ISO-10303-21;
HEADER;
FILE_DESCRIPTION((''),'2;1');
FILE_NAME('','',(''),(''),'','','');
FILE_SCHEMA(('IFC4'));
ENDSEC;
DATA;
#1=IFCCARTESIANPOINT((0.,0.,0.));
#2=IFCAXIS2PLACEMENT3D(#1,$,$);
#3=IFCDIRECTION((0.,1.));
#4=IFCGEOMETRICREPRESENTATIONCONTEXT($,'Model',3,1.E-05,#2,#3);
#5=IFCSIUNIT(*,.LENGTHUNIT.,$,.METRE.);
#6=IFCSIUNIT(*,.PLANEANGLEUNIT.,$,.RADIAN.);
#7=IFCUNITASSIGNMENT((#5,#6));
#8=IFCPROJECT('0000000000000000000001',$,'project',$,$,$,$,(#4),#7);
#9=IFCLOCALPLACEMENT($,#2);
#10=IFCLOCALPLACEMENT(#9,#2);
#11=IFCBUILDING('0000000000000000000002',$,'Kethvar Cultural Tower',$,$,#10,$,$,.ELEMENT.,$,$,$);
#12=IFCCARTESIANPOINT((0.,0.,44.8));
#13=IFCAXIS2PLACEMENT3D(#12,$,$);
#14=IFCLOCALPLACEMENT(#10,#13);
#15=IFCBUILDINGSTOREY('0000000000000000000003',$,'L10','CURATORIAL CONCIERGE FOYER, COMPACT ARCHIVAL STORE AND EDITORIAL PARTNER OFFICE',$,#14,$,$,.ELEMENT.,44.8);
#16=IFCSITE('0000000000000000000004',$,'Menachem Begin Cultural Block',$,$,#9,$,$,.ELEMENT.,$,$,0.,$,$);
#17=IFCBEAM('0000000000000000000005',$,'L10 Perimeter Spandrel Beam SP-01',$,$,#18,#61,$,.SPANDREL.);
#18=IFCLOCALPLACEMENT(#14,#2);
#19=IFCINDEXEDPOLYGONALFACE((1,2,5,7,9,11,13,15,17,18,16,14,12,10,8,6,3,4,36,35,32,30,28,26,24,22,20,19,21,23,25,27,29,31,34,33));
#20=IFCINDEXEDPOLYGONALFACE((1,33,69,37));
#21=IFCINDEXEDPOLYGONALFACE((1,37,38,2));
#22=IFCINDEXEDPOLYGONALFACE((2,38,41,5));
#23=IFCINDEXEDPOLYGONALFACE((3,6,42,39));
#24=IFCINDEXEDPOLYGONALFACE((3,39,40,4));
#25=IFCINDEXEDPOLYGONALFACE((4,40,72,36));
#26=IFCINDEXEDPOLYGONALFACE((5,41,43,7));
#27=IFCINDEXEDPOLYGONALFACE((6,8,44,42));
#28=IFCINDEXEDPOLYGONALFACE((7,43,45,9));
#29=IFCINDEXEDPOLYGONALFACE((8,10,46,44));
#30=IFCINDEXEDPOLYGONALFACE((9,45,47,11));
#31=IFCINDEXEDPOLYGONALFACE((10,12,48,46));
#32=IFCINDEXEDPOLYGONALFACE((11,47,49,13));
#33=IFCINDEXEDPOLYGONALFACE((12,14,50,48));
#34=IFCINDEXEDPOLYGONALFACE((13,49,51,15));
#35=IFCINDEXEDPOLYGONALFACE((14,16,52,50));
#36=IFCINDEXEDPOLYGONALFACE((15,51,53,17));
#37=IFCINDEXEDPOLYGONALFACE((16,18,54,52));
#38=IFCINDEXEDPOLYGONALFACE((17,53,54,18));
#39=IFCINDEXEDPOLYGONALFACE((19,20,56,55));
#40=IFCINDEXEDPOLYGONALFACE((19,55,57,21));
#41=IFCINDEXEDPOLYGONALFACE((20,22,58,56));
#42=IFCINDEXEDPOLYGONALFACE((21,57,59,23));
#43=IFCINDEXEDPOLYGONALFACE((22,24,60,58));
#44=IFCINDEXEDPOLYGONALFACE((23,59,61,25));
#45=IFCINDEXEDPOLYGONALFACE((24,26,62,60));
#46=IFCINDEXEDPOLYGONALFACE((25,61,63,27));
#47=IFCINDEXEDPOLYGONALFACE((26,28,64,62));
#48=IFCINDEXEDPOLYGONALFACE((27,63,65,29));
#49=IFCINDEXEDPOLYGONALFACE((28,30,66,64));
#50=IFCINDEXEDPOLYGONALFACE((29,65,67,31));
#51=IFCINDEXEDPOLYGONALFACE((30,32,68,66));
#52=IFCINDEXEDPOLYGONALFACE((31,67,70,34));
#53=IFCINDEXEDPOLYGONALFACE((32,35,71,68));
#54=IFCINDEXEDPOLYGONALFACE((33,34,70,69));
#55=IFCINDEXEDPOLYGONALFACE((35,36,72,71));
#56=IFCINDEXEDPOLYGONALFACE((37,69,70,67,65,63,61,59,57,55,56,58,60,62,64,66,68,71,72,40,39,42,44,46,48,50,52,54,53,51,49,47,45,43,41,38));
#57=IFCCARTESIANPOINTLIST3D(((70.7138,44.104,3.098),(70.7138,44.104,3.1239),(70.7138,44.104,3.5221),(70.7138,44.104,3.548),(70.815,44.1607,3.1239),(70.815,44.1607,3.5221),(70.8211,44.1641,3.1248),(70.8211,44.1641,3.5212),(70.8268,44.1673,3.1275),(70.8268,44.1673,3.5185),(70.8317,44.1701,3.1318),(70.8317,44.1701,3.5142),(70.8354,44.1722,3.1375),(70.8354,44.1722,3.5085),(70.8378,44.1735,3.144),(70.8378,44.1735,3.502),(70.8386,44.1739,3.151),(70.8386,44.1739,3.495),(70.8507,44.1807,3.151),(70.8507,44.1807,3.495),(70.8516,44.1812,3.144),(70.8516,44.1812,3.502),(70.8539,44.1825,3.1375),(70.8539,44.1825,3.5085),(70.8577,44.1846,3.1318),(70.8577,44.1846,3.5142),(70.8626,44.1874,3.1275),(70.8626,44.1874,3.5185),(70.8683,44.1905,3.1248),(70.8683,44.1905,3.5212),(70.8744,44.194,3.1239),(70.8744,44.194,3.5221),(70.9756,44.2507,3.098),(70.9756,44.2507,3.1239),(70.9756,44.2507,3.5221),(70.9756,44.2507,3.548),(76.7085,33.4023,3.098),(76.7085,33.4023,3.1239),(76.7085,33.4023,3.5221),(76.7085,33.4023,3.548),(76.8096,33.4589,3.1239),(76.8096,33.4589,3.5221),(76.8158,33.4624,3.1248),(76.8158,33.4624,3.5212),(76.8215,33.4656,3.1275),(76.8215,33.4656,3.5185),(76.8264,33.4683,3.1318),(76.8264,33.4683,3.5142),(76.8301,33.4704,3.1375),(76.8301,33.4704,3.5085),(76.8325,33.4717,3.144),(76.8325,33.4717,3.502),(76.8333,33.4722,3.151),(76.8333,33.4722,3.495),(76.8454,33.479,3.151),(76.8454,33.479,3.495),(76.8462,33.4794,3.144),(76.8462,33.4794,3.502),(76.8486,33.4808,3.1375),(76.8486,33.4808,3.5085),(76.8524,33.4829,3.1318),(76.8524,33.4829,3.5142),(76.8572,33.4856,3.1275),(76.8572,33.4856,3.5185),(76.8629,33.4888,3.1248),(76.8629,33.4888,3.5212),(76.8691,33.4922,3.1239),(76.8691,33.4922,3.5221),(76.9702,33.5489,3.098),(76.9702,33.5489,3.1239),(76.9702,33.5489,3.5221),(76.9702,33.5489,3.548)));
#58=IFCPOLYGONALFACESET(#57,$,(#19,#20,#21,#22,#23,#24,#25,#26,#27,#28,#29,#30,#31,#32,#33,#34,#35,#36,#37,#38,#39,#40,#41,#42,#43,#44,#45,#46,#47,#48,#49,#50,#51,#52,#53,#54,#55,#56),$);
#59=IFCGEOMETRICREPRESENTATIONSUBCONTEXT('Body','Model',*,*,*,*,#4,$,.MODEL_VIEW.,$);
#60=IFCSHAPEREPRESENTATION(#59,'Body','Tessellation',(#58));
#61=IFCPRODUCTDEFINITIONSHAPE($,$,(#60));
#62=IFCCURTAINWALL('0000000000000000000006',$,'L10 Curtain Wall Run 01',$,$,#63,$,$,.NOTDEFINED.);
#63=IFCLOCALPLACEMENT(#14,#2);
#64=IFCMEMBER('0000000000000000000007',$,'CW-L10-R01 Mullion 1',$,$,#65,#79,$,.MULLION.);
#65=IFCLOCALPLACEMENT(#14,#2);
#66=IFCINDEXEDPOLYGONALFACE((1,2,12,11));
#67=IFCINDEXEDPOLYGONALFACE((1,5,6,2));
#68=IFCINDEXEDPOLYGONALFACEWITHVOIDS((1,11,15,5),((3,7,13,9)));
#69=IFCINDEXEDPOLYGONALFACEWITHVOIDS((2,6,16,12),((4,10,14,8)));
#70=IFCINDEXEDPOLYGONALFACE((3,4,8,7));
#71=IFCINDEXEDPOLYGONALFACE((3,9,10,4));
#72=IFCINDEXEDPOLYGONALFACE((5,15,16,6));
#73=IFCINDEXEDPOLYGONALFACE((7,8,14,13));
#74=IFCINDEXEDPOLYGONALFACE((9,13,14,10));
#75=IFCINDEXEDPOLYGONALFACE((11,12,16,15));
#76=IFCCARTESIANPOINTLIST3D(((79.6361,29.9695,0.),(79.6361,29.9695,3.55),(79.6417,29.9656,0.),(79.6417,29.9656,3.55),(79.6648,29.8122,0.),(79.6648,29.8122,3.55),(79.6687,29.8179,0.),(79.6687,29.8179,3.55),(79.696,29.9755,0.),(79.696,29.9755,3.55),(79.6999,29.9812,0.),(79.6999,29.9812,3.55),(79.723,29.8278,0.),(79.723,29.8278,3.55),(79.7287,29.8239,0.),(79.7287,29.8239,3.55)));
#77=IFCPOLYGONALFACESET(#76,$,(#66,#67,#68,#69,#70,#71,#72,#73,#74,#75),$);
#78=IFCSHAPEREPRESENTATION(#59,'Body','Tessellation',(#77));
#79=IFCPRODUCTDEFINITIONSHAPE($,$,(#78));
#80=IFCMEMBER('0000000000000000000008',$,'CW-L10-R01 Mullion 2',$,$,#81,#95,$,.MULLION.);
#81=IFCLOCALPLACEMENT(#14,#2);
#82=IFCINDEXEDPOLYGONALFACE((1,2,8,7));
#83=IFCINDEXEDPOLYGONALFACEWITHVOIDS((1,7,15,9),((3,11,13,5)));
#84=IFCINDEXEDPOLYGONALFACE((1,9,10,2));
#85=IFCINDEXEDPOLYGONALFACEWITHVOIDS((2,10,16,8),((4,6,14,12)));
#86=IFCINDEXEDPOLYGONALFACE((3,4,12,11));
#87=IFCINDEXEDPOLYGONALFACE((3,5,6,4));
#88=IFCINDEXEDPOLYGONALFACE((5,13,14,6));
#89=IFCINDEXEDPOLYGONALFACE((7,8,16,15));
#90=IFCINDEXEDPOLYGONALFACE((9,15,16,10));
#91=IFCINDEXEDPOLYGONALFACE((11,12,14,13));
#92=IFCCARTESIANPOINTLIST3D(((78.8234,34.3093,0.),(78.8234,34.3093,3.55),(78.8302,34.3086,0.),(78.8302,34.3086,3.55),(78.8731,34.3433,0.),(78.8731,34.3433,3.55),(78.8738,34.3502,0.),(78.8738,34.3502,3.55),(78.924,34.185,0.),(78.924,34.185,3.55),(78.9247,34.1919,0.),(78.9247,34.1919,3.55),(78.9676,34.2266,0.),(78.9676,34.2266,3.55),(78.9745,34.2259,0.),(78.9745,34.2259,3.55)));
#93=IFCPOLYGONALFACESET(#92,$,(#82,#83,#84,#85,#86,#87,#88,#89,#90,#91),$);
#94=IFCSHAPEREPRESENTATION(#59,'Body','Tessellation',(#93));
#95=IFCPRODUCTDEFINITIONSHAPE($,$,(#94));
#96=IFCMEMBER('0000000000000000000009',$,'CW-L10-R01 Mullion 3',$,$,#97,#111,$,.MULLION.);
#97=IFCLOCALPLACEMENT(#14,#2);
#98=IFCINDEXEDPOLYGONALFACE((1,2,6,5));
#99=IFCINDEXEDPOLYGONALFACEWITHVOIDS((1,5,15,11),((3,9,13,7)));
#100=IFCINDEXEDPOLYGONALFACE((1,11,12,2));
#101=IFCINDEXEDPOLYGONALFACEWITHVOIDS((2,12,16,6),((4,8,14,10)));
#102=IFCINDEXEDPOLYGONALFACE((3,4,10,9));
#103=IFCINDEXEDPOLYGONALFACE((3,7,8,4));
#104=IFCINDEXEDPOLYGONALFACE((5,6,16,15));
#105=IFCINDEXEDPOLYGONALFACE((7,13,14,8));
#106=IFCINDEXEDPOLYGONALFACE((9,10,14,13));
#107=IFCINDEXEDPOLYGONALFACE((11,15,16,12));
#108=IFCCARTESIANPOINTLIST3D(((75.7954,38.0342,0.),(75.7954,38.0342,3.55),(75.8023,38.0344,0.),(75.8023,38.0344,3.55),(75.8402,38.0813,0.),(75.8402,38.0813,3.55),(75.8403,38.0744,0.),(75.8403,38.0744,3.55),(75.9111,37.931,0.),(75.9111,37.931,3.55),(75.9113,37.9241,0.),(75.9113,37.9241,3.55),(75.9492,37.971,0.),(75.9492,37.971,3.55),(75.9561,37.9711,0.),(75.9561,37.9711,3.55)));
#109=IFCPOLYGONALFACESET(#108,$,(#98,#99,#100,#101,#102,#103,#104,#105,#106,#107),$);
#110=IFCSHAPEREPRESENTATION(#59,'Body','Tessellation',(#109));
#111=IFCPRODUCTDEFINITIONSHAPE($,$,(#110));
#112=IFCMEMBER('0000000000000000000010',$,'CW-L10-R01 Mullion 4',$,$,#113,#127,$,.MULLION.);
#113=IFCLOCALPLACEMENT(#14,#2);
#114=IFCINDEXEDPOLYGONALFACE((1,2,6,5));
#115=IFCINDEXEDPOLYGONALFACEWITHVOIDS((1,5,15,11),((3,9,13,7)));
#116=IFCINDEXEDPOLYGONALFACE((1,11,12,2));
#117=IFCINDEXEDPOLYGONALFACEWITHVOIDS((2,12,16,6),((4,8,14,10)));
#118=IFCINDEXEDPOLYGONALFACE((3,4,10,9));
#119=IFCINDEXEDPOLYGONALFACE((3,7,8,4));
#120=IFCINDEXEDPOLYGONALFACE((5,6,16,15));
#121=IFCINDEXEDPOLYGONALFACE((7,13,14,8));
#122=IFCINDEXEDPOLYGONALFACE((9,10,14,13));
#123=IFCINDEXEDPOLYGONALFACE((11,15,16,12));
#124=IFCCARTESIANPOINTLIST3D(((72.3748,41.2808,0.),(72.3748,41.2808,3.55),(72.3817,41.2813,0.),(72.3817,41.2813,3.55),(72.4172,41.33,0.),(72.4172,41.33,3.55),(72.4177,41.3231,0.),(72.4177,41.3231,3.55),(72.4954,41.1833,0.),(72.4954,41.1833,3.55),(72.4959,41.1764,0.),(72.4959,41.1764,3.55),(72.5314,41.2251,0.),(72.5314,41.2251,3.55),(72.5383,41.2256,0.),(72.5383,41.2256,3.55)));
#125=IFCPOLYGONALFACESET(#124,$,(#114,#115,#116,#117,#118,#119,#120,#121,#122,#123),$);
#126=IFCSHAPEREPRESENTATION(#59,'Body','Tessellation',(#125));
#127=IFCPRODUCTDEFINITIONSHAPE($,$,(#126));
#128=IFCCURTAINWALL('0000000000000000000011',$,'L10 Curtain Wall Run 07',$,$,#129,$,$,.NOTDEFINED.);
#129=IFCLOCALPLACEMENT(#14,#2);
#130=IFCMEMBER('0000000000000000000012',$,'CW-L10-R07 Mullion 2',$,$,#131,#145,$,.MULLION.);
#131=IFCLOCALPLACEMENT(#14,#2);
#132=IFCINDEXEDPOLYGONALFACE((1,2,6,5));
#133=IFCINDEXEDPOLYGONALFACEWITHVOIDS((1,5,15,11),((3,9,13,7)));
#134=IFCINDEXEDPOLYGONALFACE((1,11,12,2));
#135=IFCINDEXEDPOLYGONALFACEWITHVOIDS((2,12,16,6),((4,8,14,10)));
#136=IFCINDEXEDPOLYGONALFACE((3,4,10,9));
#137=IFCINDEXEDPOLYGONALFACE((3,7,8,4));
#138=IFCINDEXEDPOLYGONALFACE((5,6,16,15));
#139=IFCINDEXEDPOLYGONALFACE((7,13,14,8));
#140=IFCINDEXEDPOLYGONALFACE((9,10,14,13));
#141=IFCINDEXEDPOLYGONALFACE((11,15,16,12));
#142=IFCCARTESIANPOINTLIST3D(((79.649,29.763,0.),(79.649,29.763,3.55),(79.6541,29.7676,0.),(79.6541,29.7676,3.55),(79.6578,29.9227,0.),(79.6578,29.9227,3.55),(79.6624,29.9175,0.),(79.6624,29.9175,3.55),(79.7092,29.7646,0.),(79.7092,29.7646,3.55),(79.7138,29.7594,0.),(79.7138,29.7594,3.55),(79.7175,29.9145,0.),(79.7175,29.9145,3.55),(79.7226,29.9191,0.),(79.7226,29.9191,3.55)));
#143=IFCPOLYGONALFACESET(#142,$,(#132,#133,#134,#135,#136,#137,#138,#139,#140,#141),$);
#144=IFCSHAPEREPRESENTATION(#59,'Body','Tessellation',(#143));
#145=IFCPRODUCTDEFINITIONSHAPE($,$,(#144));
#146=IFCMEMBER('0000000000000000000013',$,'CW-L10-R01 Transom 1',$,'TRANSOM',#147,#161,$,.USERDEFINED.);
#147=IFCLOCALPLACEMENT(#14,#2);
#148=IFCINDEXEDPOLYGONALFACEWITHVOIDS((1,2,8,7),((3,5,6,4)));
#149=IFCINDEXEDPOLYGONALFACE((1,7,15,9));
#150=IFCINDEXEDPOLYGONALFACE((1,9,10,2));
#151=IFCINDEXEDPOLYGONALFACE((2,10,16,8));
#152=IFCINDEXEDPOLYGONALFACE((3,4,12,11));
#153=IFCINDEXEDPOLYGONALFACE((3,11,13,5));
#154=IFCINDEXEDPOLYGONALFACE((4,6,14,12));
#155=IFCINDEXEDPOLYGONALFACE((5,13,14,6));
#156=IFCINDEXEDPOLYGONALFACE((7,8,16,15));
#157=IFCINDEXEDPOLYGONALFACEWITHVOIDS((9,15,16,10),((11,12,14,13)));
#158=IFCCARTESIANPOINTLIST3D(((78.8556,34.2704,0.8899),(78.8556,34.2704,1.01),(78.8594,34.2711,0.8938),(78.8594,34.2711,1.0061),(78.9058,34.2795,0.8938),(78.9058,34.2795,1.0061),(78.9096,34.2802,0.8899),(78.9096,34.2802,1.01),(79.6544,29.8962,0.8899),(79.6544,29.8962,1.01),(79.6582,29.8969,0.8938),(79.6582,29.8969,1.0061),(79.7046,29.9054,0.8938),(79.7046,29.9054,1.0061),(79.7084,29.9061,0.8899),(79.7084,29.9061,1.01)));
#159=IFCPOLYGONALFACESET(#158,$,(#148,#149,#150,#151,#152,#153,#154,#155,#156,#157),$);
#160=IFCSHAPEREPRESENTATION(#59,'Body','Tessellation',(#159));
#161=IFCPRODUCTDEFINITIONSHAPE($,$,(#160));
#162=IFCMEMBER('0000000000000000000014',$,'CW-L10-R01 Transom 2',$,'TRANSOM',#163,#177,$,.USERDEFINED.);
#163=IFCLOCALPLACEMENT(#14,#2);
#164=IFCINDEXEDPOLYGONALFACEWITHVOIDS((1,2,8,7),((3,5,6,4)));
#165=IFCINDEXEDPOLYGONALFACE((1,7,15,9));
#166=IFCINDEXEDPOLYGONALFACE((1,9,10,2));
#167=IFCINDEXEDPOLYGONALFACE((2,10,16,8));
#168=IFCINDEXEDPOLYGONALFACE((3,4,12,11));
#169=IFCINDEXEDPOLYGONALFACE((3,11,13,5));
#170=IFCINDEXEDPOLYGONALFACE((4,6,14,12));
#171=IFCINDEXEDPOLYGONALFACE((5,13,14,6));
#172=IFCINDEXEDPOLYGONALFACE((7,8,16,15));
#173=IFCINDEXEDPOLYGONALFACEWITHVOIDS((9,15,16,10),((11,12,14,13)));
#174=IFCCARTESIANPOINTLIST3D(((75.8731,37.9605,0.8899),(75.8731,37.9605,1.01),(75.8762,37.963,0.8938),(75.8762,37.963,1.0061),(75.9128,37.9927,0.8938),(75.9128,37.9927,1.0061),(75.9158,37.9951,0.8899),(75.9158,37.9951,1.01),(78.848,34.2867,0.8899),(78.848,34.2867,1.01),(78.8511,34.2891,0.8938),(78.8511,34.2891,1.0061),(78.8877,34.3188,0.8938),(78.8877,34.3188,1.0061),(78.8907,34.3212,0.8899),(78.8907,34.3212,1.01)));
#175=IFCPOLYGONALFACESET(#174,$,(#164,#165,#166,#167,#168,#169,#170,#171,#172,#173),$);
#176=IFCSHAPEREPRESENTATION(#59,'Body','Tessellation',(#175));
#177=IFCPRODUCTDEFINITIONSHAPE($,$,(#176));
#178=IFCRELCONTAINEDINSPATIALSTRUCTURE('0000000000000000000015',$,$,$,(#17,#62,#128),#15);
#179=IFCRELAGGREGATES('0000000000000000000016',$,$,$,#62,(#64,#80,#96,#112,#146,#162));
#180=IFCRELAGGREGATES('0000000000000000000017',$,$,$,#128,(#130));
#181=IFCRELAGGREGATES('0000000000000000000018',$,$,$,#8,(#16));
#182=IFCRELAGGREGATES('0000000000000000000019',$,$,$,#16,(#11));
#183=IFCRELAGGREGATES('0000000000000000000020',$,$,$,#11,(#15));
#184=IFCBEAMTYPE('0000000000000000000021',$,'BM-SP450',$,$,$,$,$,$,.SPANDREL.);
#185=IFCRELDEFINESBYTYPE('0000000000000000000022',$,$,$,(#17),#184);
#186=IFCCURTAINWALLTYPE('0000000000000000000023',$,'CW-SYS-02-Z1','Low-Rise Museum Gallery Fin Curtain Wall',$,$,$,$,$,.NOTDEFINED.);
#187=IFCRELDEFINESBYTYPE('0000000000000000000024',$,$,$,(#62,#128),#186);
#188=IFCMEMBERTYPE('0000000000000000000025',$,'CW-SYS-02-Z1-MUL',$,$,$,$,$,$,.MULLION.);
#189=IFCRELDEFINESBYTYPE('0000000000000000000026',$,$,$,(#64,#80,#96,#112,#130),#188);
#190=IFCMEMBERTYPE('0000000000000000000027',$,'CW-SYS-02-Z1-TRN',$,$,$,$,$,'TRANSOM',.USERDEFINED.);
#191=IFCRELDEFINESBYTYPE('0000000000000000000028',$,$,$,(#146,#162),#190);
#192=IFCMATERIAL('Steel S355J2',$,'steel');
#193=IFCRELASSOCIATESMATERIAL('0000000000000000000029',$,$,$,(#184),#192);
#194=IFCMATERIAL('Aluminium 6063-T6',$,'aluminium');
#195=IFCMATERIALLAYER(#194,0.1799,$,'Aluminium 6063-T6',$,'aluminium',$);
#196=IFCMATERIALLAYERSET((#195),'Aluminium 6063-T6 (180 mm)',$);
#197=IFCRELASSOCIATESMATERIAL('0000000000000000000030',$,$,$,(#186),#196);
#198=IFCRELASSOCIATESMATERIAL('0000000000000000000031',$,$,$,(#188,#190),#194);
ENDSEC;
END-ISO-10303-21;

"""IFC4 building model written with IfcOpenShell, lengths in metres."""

from ifc_helpers import new_model, si_unit, direction, frame, origin, origin_2d, place, context, subcontext, project, spatial, hollow_rectangle, i_section, extrude, source, transform, mapped, material, layer, layer_set, material_profile, profile_set, type_object, element, aggregate, save


model = new_model("IFC4")

# Units and contexts
model_context = context("Model", 3, precision=1e-05, world=origin(), true_north=direction((0.0, 1.0)))
body_context = subcontext(model_context, "Body", "Model", "MODEL_VIEW")
ifc_project = project(units=[si_unit("LENGTHUNIT", "METRE"), si_unit("PLANEANGLEUNIT", "RADIAN")], contexts=[model_context])

# Site, building, storey
site_placement = place(None, origin())
site = spatial("IfcSite", under=ifc_project, at=site_placement, Name="Menachem Begin Cultural Block", CompositionType="ELEMENT", RefElevation=0.0)
building_placement = place(site_placement, origin())
building = spatial("IfcBuilding", under=site, at=building_placement, Name="Kethvar Cultural Tower", CompositionType="ELEMENT")
storey_placement = place(building_placement, frame((0.0, 0.0, 44.8)))
storey = spatial("IfcBuildingStorey", under=building, at=storey_placement, Name="L10", Description="CURATORIAL CONCIERGE FOYER, COMPACT ARCHIVAL STORE AND EDITORIAL PARTNER OFFICE", CompositionType="ELEMENT", Elevation=44.8)

# Beam
ifc_material_1 = material(Name="Steel S355J2", Category="steel")
ifc_material_profile_1 = material_profile(ifc_material_1, i_section(OverallWidth=0.3, OverallDepth=0.45, WebThickness=0.0139, FlangeThickness=0.0259, FilletRadius=0.0271, at=origin_2d()), Name="Steel S355J2 — HEB450")
ifc_profile_set_1 = profile_set([ifc_material_profile_1], Name="Steel S355J2 — HEB450")
beam_type_1 = type_object("IfcBeamType", Name="BM-SP450", PredefinedType="SPANDREL", material=ifc_profile_set_1)
shared_shape_1 = source(origin(), body_context, "Body", "SweptSolid", [
    extrude(i_section(OverallWidth=0.3, OverallDepth=0.45, WebThickness=0.0139, FlangeThickness=0.0259, FilletRadius=0.0271, at=origin_2d()), origin(), (0.0, 0.0, 1.0), 12.2664),
])
beam_1_placement = place(storey_placement, frame((76.8394, 33.4756, 3.323), z_axis=(-0.488709, 0.872447, 0.0), x_axis=(-0.872447, -0.488709, 0.0)))
element("IfcBeam", 1, at=beam_1_placement, inside=storey, type_object=beam_type_1, Name="L10 Perimeter Spandrel Beam SP-01", PredefinedType="SPANDREL", context=body_context, shape_type="MappedRepresentation", body=[
    mapped(shared_shape_1, transform((0.0, 0.0, 0.0), scale=1.0)),
])

# Curtain wall, members
ifc_material_2 = material(Name="Aluminium 6063-T6", Category="aluminium")
ifc_layer_1 = layer(ifc_material_2, 0.1799, Name="Aluminium 6063-T6", Category="aluminium")
ifc_layer_set_1 = layer_set([ifc_layer_1], Name="Aluminium 6063-T6 (180 mm)")
curtain_wall_type = type_object("IfcCurtainWallType", Name="CW-SYS-02-Z1", Description="Low-Rise Museum Gallery Fin Curtain Wall", PredefinedType="NOTDEFINED", material=ifc_layer_set_1)
curtain_wall_1_placement = place(storey_placement, origin())
curtain_wall_1 = element("IfcCurtainWall", 2, at=curtain_wall_1_placement, inside=storey, type_object=curtain_wall_type, Name="L10 Curtain Wall Run 01", PredefinedType="NOTDEFINED")
ifc_material_profile_2 = material_profile(ifc_material_2, hollow_rectangle(XDim=0.0649, YDim=0.1599, WallThickness=0.0049, at=origin_2d()), Name="Aluminium 6063-T6 — RHS160x65x5")
ifc_profile_set_2 = profile_set([ifc_material_profile_2], Name="Aluminium 6063-T6 — RHS160x65x5")
member_type_1 = type_object("IfcMemberType", Name="CW-SYS-02-Z1-MUL", PredefinedType="MULLION", material=ifc_profile_set_2)
shared_shape_2 = source(origin(), body_context, "Body", "SweptSolid", [
    extrude(hollow_rectangle(XDim=0.0649, YDim=0.1599, WallThickness=0.0049, at=origin_2d()), origin(), (0.0, 0.0, 1.0), 3.55),
])
member_1_placement = place(storey_placement, frame((79.6824, 29.8967, 0.0), z_axis=(0.0, 0.0, 1.0), x_axis=(-0.983725, -0.179678, 0.0)))
member_1 = element("IfcMember", 3, at=member_1_placement, type_object=member_type_1, Name="CW-L10-R01 Mullion 1", PredefinedType="MULLION", context=body_context, shape_type="MappedRepresentation", body=[
    mapped(shared_shape_2, transform((0.0, 0.0, 0.0), scale=1.0)),
])
member_2_placement = place(storey_placement, frame((78.8989, 34.2676, 0.0), z_axis=(0.0, 0.0, 1.0), x_axis=(-0.777157, -0.629307, 0.0)))
member_2 = element("IfcMember", 4, at=member_2_placement, type_object=member_type_1, Name="CW-L10-R01 Mullion 2", PredefinedType="MULLION", context=body_context, shape_type="MappedRepresentation", body=[
    mapped(shared_shape_2, transform((0.0, 0.0, 0.0), scale=1.0)),
])
member_3_placement = place(storey_placement, frame((75.8757, 38.0027, 0.0), z_axis=(0.0, 0.0, 1.0), x_axis=(-0.688987, -0.724773, 0.0)))
member_3 = element("IfcMember", 5, at=member_3_placement, type_object=member_type_1, Name="CW-L10-R01 Mullion 3", PredefinedType="MULLION", context=body_context, shape_type="MappedRepresentation", body=[
    mapped(shared_shape_2, transform((0.0, 0.0, 0.0), scale=1.0)),
])
member_4_placement = place(storey_placement, frame((72.4565, 41.2532, 0.0), z_axis=(0.0, 0.0, 1.0), x_axis=(-0.652813, -0.757519, 0.0)))
member_4 = element("IfcMember", 6, at=member_4_placement, type_object=member_type_1, Name="CW-L10-R01 Mullion 4", PredefinedType="MULLION", context=body_context, shape_type="MappedRepresentation", body=[
    mapped(shared_shape_2, transform((0.0, 0.0, 0.0), scale=1.0)),
])

# Curtain wall, member
curtain_wall_2_placement = place(storey_placement, origin())
curtain_wall_2 = element("IfcCurtainWall", 7, at=curtain_wall_2_placement, inside=storey, type_object=curtain_wall_type, Name="L10 Curtain Wall Run 07", PredefinedType="NOTDEFINED")
member_5_placement = place(storey_placement, frame((79.6858, 29.8411, 0.0), z_axis=(0.0, 0.0, 1.0), x_axis=(-0.998488, 0.054968, 0.0)))
member_5 = element("IfcMember", 8, at=member_5_placement, type_object=member_type_1, Name="CW-L10-R07 Mullion 2", PredefinedType="MULLION", context=body_context, shape_type="MappedRepresentation", body=[
    mapped(shared_shape_2, transform((0.0, 0.0, 0.0), scale=1.0)),
])

# Members
ifc_material_profile_3 = material_profile(ifc_material_2, hollow_rectangle(XDim=0.0549, YDim=0.1201, WallThickness=0.0039, at=origin_2d()), Name="Aluminium 6063-T6 — RHS120x55x4")
ifc_profile_set_3 = profile_set([ifc_material_profile_3], Name="Aluminium 6063-T6 — RHS120x55x4")
member_type_2 = type_object("IfcMemberType", Name="CW-SYS-02-Z1-TRN", ElementType="TRANSOM", PredefinedType="USERDEFINED", material=ifc_profile_set_3)
shared_shape_3 = source(origin(), body_context, "Body", "SweptSolid", [
    extrude(hollow_rectangle(XDim=0.0549, YDim=0.1201, WallThickness=0.0039, at=origin_2d()), origin(), (0.0, 0.0, 1.0), 4.4465),
])
member_6_placement = place(storey_placement, frame((79.6814, 29.9011, 0.95), z_axis=(-0.179649, 0.983731, 0.0), x_axis=(-0.983731, -0.179649, 0.0)))
member_6 = element("IfcMember", 9, at=member_6_placement, type_object=member_type_2, Name="CW-L10-R01 Transom 1", ObjectType="TRANSOM", PredefinedType="USERDEFINED", context=body_context, shape_type="MappedRepresentation", body=[
    mapped(shared_shape_3, transform((0.0, 0.0, 0.0), scale=1.0)),
])
shared_shape_4 = source(origin(), body_context, "Body", "SweptSolid", [
    extrude(hollow_rectangle(XDim=0.0549, YDim=0.1201, WallThickness=0.0039, at=origin_2d()), origin(), (0.0, 0.0, 1.0), 4.7273),
])
member_7_placement = place(storey_placement, frame((78.8694, 34.304, 0.95), z_axis=(-0.629301, 0.777162, 0.0), x_axis=(-0.777162, -0.629301, 0.0)))
member_7 = element("IfcMember", 10, at=member_7_placement, type_object=member_type_2, Name="CW-L10-R01 Transom 2", ObjectType="TRANSOM", PredefinedType="USERDEFINED", context=body_context, shape_type="MappedRepresentation", body=[
    mapped(shared_shape_4, transform((0.0, 0.0, 0.0), scale=1.0)),
])

aggregate(curtain_wall_1, [member_1, member_2, member_3, member_4, member_6, member_7])
aggregate(curtain_wall_2, [member_5])

save(model, "model.ifc")
